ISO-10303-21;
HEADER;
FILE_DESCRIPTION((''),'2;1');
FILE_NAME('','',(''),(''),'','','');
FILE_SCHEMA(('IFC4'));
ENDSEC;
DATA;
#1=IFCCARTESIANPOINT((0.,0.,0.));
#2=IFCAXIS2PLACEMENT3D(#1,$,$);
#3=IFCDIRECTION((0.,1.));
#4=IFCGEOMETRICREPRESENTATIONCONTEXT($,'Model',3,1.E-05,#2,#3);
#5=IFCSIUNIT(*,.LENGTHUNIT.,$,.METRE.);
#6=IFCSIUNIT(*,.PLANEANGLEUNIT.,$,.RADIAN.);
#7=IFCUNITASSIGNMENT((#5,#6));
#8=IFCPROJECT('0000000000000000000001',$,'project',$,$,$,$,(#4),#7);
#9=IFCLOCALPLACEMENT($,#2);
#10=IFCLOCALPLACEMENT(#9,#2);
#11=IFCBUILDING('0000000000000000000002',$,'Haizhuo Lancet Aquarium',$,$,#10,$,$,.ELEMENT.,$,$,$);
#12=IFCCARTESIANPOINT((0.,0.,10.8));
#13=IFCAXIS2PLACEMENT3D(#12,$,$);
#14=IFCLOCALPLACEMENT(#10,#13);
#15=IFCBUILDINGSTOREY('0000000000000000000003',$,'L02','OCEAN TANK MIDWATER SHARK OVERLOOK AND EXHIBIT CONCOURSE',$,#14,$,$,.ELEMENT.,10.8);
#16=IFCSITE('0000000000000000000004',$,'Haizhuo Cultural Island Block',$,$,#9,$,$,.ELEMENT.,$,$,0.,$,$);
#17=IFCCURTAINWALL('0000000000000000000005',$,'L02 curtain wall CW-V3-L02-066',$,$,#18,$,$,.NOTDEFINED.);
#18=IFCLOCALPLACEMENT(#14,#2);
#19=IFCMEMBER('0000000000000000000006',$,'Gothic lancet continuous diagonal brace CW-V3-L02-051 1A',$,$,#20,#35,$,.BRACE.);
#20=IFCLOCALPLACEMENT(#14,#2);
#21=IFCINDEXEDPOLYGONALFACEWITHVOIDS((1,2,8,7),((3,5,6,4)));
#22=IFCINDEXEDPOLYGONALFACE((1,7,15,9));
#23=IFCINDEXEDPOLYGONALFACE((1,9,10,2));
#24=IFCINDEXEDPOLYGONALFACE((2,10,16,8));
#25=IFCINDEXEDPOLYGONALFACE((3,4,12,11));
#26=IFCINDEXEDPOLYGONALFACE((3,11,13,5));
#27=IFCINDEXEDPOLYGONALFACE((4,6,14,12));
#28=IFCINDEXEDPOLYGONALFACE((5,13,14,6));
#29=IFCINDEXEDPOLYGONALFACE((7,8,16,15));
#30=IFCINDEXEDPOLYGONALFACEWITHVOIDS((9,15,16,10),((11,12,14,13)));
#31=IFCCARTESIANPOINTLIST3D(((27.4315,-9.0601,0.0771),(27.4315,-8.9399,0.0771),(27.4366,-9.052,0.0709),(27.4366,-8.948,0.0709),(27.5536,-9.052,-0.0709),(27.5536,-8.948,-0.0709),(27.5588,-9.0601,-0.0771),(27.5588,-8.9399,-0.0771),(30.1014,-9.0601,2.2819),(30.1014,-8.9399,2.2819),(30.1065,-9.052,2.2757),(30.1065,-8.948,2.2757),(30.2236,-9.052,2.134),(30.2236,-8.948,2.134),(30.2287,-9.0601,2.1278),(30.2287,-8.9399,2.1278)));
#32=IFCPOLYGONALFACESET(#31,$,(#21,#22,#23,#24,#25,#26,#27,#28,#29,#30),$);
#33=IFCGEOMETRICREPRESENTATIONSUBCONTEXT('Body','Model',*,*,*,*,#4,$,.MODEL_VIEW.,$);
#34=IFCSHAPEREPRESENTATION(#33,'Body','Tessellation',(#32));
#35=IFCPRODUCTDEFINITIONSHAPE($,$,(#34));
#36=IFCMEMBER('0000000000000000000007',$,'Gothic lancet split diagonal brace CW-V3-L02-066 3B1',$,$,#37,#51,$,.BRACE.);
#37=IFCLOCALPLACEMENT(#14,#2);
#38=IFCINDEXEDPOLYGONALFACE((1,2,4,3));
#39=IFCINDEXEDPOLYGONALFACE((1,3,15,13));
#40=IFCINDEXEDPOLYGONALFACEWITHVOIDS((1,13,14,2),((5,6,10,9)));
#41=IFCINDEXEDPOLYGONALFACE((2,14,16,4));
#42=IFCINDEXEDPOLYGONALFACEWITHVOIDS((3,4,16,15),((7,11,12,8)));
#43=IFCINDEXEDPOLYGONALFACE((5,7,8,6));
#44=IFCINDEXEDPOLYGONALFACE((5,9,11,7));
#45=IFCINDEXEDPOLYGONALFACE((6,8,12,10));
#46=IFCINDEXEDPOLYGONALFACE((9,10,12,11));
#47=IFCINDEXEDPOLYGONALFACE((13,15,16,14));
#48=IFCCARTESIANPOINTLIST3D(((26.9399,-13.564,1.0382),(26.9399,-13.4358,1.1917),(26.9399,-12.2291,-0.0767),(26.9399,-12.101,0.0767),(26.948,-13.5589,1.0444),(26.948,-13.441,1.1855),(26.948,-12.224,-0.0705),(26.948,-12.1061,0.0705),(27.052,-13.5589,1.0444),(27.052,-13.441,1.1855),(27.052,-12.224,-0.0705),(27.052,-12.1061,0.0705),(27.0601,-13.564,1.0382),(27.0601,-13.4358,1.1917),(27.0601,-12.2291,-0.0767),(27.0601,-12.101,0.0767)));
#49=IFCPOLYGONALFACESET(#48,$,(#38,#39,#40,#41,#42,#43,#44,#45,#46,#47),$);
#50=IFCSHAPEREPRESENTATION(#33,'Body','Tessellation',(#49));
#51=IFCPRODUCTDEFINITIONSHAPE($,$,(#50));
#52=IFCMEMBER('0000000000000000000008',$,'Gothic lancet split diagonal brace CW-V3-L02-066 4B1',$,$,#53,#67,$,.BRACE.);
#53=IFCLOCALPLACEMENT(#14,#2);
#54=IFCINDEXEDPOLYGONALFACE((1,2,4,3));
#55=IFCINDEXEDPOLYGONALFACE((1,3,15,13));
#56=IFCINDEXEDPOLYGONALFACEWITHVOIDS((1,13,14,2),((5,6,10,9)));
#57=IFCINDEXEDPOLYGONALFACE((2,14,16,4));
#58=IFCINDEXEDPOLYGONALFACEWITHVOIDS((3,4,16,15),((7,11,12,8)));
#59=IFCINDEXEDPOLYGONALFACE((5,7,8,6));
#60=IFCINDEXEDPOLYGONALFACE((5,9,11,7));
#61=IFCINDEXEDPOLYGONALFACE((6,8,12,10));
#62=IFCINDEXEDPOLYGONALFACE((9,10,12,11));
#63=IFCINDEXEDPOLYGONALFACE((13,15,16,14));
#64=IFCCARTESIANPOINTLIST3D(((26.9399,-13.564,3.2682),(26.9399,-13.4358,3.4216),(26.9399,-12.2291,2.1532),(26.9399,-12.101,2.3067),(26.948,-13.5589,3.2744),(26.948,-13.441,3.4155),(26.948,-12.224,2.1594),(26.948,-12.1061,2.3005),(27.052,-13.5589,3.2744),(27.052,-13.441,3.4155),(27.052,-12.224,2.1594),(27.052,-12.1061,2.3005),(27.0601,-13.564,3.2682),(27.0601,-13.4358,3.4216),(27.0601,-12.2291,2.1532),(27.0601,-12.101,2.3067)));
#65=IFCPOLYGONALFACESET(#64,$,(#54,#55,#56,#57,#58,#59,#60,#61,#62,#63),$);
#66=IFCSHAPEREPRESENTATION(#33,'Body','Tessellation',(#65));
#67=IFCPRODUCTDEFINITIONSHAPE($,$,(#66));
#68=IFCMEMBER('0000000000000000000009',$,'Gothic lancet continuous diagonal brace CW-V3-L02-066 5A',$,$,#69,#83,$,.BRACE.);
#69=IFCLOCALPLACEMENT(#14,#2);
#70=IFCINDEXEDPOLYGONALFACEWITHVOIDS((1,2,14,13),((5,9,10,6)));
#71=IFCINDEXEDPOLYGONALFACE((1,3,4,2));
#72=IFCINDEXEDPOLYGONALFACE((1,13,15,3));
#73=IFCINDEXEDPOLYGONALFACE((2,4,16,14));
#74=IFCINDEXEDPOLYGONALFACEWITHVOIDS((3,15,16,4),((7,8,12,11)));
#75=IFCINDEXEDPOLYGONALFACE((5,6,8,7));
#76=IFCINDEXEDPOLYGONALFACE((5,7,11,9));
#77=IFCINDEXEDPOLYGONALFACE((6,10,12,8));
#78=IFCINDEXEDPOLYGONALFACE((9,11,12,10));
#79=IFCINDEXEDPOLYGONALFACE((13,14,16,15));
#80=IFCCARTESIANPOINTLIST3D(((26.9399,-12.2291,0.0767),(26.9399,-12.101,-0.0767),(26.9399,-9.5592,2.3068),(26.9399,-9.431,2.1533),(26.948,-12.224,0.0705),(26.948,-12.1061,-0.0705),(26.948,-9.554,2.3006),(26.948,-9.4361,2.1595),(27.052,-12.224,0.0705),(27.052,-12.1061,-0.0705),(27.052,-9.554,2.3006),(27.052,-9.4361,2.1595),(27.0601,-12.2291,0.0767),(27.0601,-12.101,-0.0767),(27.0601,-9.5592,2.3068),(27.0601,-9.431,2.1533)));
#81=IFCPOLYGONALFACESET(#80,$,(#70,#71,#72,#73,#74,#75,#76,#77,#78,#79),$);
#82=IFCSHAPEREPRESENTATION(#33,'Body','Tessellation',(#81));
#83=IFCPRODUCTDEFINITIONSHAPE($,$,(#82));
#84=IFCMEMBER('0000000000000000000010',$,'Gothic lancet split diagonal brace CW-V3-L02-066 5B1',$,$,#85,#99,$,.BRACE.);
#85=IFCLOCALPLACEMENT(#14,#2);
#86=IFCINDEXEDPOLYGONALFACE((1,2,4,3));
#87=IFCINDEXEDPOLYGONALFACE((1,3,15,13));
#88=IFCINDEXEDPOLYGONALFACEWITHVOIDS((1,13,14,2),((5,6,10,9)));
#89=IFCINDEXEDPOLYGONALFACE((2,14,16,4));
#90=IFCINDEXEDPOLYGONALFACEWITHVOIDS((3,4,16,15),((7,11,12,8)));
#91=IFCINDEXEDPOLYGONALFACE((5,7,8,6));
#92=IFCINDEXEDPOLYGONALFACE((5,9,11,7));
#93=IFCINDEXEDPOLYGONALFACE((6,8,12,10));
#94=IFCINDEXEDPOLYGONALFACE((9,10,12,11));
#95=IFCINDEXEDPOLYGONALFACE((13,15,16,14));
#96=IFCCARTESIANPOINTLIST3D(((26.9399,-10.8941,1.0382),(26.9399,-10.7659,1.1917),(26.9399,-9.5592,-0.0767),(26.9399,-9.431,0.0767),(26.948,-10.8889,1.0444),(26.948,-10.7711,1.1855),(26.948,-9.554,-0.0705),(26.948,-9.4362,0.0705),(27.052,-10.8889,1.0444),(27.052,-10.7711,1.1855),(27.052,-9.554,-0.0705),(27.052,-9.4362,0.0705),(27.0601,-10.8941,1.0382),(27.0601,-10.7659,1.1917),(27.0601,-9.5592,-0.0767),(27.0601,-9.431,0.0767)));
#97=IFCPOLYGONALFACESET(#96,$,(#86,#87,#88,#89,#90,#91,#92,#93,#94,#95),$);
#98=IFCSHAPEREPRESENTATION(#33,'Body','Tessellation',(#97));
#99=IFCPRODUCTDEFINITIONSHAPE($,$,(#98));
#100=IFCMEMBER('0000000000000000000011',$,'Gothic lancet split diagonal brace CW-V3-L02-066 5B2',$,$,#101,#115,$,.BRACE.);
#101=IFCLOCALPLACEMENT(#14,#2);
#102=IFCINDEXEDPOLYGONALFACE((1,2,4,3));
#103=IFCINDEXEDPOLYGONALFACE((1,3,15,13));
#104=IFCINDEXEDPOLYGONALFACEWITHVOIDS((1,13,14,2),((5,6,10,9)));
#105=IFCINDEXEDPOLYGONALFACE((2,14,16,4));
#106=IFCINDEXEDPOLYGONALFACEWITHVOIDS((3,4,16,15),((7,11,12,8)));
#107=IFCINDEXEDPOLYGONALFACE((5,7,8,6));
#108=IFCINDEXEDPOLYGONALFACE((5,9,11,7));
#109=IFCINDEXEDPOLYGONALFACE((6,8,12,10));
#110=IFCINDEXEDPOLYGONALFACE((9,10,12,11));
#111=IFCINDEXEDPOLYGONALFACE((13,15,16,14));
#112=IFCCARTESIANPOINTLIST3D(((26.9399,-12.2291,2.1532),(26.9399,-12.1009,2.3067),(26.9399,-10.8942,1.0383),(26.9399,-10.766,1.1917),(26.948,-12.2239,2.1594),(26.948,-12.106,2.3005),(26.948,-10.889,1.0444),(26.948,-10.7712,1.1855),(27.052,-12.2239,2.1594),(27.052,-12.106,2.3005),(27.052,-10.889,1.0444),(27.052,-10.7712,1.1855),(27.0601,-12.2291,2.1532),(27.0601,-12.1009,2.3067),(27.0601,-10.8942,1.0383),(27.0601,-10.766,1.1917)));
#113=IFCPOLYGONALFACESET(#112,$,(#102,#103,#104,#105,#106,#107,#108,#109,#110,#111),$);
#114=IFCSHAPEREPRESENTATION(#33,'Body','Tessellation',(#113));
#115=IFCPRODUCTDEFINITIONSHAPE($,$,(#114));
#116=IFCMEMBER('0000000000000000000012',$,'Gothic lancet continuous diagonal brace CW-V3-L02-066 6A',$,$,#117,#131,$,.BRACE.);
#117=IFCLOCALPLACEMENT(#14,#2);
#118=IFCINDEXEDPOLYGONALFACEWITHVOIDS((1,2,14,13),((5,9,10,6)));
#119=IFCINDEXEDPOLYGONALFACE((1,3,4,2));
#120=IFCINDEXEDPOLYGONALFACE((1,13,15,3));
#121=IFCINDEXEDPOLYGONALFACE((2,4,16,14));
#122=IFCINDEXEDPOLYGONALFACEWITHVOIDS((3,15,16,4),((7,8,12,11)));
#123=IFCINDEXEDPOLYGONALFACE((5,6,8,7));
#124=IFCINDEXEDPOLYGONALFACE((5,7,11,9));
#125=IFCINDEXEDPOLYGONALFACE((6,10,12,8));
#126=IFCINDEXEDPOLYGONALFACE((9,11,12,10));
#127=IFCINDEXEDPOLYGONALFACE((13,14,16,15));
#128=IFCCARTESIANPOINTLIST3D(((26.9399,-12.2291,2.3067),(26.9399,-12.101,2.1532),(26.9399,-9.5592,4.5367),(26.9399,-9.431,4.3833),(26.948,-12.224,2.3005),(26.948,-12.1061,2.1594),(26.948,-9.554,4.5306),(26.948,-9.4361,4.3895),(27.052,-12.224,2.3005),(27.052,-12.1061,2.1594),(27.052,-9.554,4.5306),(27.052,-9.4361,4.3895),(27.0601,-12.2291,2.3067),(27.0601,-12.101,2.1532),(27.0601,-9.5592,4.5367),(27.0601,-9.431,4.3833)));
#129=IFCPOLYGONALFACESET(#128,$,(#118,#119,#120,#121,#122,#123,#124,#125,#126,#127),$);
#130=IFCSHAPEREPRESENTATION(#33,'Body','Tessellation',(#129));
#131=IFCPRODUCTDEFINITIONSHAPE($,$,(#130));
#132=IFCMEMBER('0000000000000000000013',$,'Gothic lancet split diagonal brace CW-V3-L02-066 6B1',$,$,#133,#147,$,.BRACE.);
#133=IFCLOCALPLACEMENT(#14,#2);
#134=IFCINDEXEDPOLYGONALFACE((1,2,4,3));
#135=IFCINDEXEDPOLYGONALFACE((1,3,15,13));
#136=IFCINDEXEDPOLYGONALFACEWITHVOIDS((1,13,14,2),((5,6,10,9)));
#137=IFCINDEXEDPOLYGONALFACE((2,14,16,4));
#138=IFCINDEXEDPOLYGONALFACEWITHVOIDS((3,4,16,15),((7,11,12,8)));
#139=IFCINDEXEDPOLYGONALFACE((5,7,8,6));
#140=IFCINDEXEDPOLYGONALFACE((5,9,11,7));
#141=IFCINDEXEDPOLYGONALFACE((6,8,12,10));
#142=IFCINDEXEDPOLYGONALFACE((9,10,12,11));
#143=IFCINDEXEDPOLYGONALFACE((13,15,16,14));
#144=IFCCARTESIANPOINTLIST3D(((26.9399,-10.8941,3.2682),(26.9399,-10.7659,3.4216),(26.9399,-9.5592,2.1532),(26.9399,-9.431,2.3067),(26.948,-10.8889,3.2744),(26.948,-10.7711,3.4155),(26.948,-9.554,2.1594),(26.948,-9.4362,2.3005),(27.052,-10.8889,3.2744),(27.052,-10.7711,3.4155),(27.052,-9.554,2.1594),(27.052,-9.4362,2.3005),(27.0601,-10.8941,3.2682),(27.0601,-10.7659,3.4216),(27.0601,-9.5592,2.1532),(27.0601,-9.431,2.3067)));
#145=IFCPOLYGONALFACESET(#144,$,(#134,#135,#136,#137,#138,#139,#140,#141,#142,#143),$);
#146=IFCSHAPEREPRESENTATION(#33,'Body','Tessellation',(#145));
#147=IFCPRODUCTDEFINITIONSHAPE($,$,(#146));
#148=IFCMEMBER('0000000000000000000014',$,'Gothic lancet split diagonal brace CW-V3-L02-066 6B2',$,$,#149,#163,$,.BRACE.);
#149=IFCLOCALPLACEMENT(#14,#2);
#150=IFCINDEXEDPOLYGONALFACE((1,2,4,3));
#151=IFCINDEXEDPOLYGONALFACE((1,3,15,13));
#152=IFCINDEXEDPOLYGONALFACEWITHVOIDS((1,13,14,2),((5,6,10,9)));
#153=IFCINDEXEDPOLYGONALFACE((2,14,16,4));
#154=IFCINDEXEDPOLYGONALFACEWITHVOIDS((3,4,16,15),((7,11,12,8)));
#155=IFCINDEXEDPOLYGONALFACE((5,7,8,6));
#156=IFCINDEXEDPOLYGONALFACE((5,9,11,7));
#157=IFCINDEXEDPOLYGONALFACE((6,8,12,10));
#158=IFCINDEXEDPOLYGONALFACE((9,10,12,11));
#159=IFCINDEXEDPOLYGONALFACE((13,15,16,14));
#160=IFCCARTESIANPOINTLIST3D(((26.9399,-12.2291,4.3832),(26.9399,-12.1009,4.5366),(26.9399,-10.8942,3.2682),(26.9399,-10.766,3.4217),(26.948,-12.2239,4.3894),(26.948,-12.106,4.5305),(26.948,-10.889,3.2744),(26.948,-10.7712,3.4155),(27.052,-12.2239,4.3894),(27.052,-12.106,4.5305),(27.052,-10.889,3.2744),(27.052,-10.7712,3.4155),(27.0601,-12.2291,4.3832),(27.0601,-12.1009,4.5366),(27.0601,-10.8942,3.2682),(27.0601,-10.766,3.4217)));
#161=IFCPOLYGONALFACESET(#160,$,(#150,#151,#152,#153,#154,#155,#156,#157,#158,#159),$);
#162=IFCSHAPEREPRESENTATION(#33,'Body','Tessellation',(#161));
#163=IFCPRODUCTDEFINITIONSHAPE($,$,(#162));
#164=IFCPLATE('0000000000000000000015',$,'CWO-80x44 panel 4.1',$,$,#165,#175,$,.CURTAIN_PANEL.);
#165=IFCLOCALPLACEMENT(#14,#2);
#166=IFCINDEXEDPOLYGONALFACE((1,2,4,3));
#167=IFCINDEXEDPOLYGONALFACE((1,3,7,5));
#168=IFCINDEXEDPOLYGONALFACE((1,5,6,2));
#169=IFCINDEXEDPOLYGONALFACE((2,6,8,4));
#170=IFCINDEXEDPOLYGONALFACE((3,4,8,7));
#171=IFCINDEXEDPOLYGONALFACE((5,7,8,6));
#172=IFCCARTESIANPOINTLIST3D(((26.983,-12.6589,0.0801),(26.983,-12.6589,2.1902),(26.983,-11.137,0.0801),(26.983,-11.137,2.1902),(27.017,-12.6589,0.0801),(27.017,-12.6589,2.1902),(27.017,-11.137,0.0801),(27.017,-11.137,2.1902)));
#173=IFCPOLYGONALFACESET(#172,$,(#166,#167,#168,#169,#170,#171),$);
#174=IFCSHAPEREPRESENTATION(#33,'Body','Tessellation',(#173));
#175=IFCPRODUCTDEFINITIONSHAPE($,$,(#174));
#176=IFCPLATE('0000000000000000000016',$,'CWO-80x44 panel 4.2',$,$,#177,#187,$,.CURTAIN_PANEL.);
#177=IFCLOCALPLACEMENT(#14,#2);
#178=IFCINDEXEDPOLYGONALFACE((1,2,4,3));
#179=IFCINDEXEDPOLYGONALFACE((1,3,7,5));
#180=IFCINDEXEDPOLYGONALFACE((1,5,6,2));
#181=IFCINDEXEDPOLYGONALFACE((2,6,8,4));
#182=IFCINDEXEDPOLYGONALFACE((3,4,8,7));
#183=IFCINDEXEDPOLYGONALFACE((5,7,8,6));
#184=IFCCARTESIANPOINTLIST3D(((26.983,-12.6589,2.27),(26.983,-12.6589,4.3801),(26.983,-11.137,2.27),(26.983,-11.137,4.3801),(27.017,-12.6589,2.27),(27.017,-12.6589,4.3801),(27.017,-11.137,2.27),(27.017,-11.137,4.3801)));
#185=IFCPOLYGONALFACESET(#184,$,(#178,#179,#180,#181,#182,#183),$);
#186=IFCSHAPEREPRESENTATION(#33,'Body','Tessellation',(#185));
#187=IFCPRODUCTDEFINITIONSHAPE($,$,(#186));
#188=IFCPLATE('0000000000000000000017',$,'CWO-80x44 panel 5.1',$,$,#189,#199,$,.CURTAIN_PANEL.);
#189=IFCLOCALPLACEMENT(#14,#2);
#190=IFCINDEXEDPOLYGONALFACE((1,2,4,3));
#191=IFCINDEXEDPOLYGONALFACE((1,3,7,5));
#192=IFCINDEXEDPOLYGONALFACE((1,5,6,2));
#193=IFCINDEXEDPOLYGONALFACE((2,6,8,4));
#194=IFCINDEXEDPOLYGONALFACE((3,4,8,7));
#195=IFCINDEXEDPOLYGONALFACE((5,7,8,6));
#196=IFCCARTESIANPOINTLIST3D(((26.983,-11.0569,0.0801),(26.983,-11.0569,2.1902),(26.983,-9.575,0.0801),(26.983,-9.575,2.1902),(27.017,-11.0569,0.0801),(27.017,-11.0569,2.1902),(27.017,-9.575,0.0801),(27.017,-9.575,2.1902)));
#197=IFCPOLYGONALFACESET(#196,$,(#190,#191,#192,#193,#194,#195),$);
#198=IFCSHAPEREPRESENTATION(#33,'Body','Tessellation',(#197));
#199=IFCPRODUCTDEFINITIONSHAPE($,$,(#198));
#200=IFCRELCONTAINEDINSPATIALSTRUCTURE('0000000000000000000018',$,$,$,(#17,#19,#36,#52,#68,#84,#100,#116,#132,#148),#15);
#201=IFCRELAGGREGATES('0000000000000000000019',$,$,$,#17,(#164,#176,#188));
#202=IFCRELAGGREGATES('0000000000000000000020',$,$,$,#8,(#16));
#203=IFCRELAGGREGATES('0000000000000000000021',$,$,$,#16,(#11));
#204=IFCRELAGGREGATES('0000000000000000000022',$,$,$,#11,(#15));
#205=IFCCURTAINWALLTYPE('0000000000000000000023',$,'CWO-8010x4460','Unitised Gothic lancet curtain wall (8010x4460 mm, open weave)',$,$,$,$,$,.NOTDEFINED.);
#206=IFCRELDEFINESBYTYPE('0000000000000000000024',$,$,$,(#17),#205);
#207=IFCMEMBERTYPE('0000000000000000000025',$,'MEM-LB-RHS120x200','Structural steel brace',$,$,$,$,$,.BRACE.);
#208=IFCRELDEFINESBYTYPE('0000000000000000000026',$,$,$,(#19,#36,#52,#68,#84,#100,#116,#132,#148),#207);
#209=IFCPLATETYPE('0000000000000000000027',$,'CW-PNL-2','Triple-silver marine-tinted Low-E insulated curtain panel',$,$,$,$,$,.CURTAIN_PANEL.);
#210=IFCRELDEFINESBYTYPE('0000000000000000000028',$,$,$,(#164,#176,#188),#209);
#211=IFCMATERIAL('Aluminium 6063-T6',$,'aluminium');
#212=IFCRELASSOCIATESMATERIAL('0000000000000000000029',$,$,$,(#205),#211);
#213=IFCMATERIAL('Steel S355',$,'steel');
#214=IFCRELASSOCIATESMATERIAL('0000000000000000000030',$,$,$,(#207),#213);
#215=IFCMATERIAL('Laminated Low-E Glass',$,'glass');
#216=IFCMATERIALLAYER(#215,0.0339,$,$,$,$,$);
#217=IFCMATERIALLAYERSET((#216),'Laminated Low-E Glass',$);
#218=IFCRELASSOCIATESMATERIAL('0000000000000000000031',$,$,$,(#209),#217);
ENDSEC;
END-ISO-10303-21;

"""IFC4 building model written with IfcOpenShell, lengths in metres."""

from ifc_helpers import new_model, si_unit, direction, frame, origin, origin_2d, place, context, subcontext, project, spatial, rectangle, hollow_rectangle, extrude, material, layer, layer_set, material_profile, profile_set, type_object, element, aggregate, save


model = new_model("IFC4")

# Units and contexts
model_context = context("Model", 3, precision=1e-05, world=origin(), true_north=direction((0.0, 1.0)))
body_context = subcontext(model_context, "Body", "Model", "MODEL_VIEW")
ifc_project = project(units=[si_unit("LENGTHUNIT", "METRE"), si_unit("PLANEANGLEUNIT", "RADIAN")], contexts=[model_context])

# Site, building, storey
site_placement = place(None, origin())
site = spatial("IfcSite", under=ifc_project, at=site_placement, Name="Haizhuo Cultural Island Block", CompositionType="ELEMENT", RefElevation=0.0)
building_placement = place(site_placement, origin())
building = spatial("IfcBuilding", under=site, at=building_placement, Name="Haizhuo Lancet Aquarium", CompositionType="ELEMENT")
storey_placement = place(building_placement, frame((0.0, 0.0, 10.8)))
storey = spatial("IfcBuildingStorey", under=building, at=storey_placement, Name="L02", Description="OCEAN TANK MIDWATER SHARK OVERLOOK AND EXHIBIT CONCOURSE", CompositionType="ELEMENT", Elevation=10.8)

# Curtain wall
ifc_material_1 = material(Name="Aluminium 6063-T6", Category="aluminium")
curtain_wall_type = type_object("IfcCurtainWallType", Name="CWO-8010x4460", Description="Unitised Gothic lancet curtain wall (8010x4460 mm, open weave)", PredefinedType="NOTDEFINED", material=ifc_material_1)
curtain_wall_placement = place(storey_placement, origin())
curtain_wall = element("IfcCurtainWall", 1, at=curtain_wall_placement, inside=storey, type_object=curtain_wall_type, Name="L02 curtain wall CW-V3-L02-066", PredefinedType="NOTDEFINED")

# Shared definitions
ifc_material_2 = material(Name="Steel S355", Category="steel")

# Members
ifc_material_profile_1 = material_profile(ifc_material_2, hollow_rectangle(XDim=0.1201, YDim=0.2, WallThickness=0.0081, at=origin_2d()), Name="RHS 120x200x8")
ifc_profile_set_1 = profile_set([ifc_material_profile_1], Name="Steel S355")
member_type_1 = type_object("IfcMemberType", Name="MEM-LB-RHS120x200", Description="Structural steel brace", PredefinedType="BRACE", material=ifc_profile_set_1)
member_1_placement = place(storey_placement, frame((27.4951, -9.0, 0.0), z_axis=(0.771069, 0.0, 0.636752), x_axis=(0.0, 1.0, 0.0)))
element("IfcMember", 2, at=member_1_placement, inside=storey, type_object=member_type_1, Name="Gothic lancet continuous diagonal brace CW-V3-L02-051 1A", PredefinedType="BRACE", context=body_context, shape_type="SweptSolid", body=[
    extrude(hollow_rectangle(XDim=0.1201, YDim=0.2, WallThickness=0.0081, at=origin_2d()), origin(), (0.0, 0.0, 1.0), 3.4626),
])
for number, where, z_axis, x_axis, name in (
    (3, (27.0, -12.165, 0.0), (0.0, -0.767507, 0.64104), (1.0, 0.0, 0.0), "Gothic lancet split diagonal brace CW-V3-L02-066 3B1"),
    (4, (27.0, -12.165, 2.23), (0.0, -0.767507, 0.64104), (1.0, 0.0, 0.0), "Gothic lancet split diagonal brace CW-V3-L02-066 4B1"),
):
    element("IfcMember", number, at=place(storey_placement, frame(where, z_axis=z_axis, x_axis=x_axis)), inside=storey, type_object=member_type_1, Name=name, PredefinedType="BRACE", context=body_context, shape_type="SweptSolid", body=[
        extrude(hollow_rectangle(XDim=0.1201, YDim=0.2, WallThickness=0.0081, at=origin_2d()), origin(), (0.0, 0.0, 1.0), 1.7393),
    ])
member_2_placement = place(storey_placement, frame((27.0, -12.165, 0.0), z_axis=(0.0, 0.767507, 0.64104), x_axis=(-1.0, 0.0, 0.0)))
element("IfcMember", 5, at=member_2_placement, inside=storey, type_object=member_type_1, Name="Gothic lancet continuous diagonal brace CW-V3-L02-066 5A", PredefinedType="BRACE", context=body_context, shape_type="SweptSolid", body=[
    extrude(hollow_rectangle(XDim=0.1201, YDim=0.2, WallThickness=0.0081, at=origin_2d()), origin(), (0.0, 0.0, 1.0), 3.4788),
])
for number, where, z_axis, x_axis, name in (
    (6, (27.0, -9.4951, 0.0), (0.0, -0.767507, 0.64104), (1.0, 0.0, 0.0), "Gothic lancet split diagonal brace CW-V3-L02-066 5B1"),
    (7, (27.0, -10.8301, 1.115), (0.0, -0.767507, 0.64104), (1.0, 0.0, 0.0), "Gothic lancet split diagonal brace CW-V3-L02-066 5B2"),
):
    element("IfcMember", number, at=place(storey_placement, frame(where, z_axis=z_axis, x_axis=x_axis)), inside=storey, type_object=member_type_1, Name=name, PredefinedType="BRACE", context=body_context, shape_type="SweptSolid", body=[
        extrude(hollow_rectangle(XDim=0.1201, YDim=0.2, WallThickness=0.0081, at=origin_2d()), origin(), (0.0, 0.0, 1.0), 1.7393),
    ])
member_3_placement = place(storey_placement, frame((27.0, -12.165, 2.23), z_axis=(0.0, 0.767507, 0.64104), x_axis=(-1.0, 0.0, 0.0)))
element("IfcMember", 8, at=member_3_placement, inside=storey, type_object=member_type_1, Name="Gothic lancet continuous diagonal brace CW-V3-L02-066 6A", PredefinedType="BRACE", context=body_context, shape_type="SweptSolid", body=[
    extrude(hollow_rectangle(XDim=0.1201, YDim=0.2, WallThickness=0.0081, at=origin_2d()), origin(), (0.0, 0.0, 1.0), 3.4788),
])
for number, where, z_axis, x_axis, name in (
    (9, (27.0, -9.4951, 2.23), (0.0, -0.767507, 0.64104), (1.0, 0.0, 0.0), "Gothic lancet split diagonal brace CW-V3-L02-066 6B1"),
    (10, (27.0, -10.8301, 3.345), (0.0, -0.767507, 0.64104), (1.0, 0.0, 0.0), "Gothic lancet split diagonal brace CW-V3-L02-066 6B2"),
):
    element("IfcMember", number, at=place(storey_placement, frame(where, z_axis=z_axis, x_axis=x_axis)), inside=storey, type_object=member_type_1, Name=name, PredefinedType="BRACE", context=body_context, shape_type="SweptSolid", body=[
        extrude(hollow_rectangle(XDim=0.1201, YDim=0.2, WallThickness=0.0081, at=origin_2d()), origin(), (0.0, 0.0, 1.0), 1.7393),
    ])

# Plates
ifc_material_3 = material(Name="Laminated Low-E Glass", Category="glass")
ifc_layer = layer(ifc_material_3, 0.0339)
ifc_layer_set = layer_set([ifc_layer], Name="Laminated Low-E Glass")
plate_type = type_object("IfcPlateType", Name="CW-PNL-2", Description="Triple-silver marine-tinted Low-E insulated curtain panel", PredefinedType="CURTAIN_PANEL", material=ifc_layer_set)
plate_1_placement = place(storey_placement, frame((27.0, -11.8979, 0.0801), z_axis=(0.0, 0.0, 1.0), x_axis=(0.0, 1.0, 0.0)))
plate_1 = element("IfcPlate", 11, at=plate_1_placement, type_object=plate_type, Name="CWO-80x44 panel 4.1", PredefinedType="CURTAIN_PANEL", context=body_context, shape_type="SweptSolid", body=[
    extrude(rectangle(XDim=1.522, YDim=0.0339, at=origin_2d()), origin(), (0.0, 0.0, 1.0), 2.1101),
])
plate_2_placement = place(storey_placement, frame((27.0, -11.8979, 2.27), z_axis=(0.0, 0.0, 1.0), x_axis=(0.0, 1.0, 0.0)))
plate_2 = element("IfcPlate", 12, at=plate_2_placement, type_object=plate_type, Name="CWO-80x44 panel 4.2", PredefinedType="CURTAIN_PANEL", context=body_context, shape_type="SweptSolid", body=[
    extrude(rectangle(XDim=1.522, YDim=0.0339, at=origin_2d()), origin(), (0.0, 0.0, 1.0), 2.1101),
])
plate_3_placement = place(storey_placement, frame((27.0, -10.3159, 0.0801), z_axis=(0.0, 0.0, 1.0), x_axis=(0.0, 1.0, 0.0)))
plate_3 = element("IfcPlate", 13, at=plate_3_placement, type_object=plate_type, Name="CWO-80x44 panel 5.1", PredefinedType="CURTAIN_PANEL", context=body_context, shape_type="SweptSolid", body=[
    extrude(rectangle(XDim=1.4819, YDim=0.0339, at=origin_2d()), origin(), (0.0, 0.0, 1.0), 2.1101),
])
aggregate(curtain_wall, [plate_1, plate_2, plate_3])

save(model, "model.ifc")
